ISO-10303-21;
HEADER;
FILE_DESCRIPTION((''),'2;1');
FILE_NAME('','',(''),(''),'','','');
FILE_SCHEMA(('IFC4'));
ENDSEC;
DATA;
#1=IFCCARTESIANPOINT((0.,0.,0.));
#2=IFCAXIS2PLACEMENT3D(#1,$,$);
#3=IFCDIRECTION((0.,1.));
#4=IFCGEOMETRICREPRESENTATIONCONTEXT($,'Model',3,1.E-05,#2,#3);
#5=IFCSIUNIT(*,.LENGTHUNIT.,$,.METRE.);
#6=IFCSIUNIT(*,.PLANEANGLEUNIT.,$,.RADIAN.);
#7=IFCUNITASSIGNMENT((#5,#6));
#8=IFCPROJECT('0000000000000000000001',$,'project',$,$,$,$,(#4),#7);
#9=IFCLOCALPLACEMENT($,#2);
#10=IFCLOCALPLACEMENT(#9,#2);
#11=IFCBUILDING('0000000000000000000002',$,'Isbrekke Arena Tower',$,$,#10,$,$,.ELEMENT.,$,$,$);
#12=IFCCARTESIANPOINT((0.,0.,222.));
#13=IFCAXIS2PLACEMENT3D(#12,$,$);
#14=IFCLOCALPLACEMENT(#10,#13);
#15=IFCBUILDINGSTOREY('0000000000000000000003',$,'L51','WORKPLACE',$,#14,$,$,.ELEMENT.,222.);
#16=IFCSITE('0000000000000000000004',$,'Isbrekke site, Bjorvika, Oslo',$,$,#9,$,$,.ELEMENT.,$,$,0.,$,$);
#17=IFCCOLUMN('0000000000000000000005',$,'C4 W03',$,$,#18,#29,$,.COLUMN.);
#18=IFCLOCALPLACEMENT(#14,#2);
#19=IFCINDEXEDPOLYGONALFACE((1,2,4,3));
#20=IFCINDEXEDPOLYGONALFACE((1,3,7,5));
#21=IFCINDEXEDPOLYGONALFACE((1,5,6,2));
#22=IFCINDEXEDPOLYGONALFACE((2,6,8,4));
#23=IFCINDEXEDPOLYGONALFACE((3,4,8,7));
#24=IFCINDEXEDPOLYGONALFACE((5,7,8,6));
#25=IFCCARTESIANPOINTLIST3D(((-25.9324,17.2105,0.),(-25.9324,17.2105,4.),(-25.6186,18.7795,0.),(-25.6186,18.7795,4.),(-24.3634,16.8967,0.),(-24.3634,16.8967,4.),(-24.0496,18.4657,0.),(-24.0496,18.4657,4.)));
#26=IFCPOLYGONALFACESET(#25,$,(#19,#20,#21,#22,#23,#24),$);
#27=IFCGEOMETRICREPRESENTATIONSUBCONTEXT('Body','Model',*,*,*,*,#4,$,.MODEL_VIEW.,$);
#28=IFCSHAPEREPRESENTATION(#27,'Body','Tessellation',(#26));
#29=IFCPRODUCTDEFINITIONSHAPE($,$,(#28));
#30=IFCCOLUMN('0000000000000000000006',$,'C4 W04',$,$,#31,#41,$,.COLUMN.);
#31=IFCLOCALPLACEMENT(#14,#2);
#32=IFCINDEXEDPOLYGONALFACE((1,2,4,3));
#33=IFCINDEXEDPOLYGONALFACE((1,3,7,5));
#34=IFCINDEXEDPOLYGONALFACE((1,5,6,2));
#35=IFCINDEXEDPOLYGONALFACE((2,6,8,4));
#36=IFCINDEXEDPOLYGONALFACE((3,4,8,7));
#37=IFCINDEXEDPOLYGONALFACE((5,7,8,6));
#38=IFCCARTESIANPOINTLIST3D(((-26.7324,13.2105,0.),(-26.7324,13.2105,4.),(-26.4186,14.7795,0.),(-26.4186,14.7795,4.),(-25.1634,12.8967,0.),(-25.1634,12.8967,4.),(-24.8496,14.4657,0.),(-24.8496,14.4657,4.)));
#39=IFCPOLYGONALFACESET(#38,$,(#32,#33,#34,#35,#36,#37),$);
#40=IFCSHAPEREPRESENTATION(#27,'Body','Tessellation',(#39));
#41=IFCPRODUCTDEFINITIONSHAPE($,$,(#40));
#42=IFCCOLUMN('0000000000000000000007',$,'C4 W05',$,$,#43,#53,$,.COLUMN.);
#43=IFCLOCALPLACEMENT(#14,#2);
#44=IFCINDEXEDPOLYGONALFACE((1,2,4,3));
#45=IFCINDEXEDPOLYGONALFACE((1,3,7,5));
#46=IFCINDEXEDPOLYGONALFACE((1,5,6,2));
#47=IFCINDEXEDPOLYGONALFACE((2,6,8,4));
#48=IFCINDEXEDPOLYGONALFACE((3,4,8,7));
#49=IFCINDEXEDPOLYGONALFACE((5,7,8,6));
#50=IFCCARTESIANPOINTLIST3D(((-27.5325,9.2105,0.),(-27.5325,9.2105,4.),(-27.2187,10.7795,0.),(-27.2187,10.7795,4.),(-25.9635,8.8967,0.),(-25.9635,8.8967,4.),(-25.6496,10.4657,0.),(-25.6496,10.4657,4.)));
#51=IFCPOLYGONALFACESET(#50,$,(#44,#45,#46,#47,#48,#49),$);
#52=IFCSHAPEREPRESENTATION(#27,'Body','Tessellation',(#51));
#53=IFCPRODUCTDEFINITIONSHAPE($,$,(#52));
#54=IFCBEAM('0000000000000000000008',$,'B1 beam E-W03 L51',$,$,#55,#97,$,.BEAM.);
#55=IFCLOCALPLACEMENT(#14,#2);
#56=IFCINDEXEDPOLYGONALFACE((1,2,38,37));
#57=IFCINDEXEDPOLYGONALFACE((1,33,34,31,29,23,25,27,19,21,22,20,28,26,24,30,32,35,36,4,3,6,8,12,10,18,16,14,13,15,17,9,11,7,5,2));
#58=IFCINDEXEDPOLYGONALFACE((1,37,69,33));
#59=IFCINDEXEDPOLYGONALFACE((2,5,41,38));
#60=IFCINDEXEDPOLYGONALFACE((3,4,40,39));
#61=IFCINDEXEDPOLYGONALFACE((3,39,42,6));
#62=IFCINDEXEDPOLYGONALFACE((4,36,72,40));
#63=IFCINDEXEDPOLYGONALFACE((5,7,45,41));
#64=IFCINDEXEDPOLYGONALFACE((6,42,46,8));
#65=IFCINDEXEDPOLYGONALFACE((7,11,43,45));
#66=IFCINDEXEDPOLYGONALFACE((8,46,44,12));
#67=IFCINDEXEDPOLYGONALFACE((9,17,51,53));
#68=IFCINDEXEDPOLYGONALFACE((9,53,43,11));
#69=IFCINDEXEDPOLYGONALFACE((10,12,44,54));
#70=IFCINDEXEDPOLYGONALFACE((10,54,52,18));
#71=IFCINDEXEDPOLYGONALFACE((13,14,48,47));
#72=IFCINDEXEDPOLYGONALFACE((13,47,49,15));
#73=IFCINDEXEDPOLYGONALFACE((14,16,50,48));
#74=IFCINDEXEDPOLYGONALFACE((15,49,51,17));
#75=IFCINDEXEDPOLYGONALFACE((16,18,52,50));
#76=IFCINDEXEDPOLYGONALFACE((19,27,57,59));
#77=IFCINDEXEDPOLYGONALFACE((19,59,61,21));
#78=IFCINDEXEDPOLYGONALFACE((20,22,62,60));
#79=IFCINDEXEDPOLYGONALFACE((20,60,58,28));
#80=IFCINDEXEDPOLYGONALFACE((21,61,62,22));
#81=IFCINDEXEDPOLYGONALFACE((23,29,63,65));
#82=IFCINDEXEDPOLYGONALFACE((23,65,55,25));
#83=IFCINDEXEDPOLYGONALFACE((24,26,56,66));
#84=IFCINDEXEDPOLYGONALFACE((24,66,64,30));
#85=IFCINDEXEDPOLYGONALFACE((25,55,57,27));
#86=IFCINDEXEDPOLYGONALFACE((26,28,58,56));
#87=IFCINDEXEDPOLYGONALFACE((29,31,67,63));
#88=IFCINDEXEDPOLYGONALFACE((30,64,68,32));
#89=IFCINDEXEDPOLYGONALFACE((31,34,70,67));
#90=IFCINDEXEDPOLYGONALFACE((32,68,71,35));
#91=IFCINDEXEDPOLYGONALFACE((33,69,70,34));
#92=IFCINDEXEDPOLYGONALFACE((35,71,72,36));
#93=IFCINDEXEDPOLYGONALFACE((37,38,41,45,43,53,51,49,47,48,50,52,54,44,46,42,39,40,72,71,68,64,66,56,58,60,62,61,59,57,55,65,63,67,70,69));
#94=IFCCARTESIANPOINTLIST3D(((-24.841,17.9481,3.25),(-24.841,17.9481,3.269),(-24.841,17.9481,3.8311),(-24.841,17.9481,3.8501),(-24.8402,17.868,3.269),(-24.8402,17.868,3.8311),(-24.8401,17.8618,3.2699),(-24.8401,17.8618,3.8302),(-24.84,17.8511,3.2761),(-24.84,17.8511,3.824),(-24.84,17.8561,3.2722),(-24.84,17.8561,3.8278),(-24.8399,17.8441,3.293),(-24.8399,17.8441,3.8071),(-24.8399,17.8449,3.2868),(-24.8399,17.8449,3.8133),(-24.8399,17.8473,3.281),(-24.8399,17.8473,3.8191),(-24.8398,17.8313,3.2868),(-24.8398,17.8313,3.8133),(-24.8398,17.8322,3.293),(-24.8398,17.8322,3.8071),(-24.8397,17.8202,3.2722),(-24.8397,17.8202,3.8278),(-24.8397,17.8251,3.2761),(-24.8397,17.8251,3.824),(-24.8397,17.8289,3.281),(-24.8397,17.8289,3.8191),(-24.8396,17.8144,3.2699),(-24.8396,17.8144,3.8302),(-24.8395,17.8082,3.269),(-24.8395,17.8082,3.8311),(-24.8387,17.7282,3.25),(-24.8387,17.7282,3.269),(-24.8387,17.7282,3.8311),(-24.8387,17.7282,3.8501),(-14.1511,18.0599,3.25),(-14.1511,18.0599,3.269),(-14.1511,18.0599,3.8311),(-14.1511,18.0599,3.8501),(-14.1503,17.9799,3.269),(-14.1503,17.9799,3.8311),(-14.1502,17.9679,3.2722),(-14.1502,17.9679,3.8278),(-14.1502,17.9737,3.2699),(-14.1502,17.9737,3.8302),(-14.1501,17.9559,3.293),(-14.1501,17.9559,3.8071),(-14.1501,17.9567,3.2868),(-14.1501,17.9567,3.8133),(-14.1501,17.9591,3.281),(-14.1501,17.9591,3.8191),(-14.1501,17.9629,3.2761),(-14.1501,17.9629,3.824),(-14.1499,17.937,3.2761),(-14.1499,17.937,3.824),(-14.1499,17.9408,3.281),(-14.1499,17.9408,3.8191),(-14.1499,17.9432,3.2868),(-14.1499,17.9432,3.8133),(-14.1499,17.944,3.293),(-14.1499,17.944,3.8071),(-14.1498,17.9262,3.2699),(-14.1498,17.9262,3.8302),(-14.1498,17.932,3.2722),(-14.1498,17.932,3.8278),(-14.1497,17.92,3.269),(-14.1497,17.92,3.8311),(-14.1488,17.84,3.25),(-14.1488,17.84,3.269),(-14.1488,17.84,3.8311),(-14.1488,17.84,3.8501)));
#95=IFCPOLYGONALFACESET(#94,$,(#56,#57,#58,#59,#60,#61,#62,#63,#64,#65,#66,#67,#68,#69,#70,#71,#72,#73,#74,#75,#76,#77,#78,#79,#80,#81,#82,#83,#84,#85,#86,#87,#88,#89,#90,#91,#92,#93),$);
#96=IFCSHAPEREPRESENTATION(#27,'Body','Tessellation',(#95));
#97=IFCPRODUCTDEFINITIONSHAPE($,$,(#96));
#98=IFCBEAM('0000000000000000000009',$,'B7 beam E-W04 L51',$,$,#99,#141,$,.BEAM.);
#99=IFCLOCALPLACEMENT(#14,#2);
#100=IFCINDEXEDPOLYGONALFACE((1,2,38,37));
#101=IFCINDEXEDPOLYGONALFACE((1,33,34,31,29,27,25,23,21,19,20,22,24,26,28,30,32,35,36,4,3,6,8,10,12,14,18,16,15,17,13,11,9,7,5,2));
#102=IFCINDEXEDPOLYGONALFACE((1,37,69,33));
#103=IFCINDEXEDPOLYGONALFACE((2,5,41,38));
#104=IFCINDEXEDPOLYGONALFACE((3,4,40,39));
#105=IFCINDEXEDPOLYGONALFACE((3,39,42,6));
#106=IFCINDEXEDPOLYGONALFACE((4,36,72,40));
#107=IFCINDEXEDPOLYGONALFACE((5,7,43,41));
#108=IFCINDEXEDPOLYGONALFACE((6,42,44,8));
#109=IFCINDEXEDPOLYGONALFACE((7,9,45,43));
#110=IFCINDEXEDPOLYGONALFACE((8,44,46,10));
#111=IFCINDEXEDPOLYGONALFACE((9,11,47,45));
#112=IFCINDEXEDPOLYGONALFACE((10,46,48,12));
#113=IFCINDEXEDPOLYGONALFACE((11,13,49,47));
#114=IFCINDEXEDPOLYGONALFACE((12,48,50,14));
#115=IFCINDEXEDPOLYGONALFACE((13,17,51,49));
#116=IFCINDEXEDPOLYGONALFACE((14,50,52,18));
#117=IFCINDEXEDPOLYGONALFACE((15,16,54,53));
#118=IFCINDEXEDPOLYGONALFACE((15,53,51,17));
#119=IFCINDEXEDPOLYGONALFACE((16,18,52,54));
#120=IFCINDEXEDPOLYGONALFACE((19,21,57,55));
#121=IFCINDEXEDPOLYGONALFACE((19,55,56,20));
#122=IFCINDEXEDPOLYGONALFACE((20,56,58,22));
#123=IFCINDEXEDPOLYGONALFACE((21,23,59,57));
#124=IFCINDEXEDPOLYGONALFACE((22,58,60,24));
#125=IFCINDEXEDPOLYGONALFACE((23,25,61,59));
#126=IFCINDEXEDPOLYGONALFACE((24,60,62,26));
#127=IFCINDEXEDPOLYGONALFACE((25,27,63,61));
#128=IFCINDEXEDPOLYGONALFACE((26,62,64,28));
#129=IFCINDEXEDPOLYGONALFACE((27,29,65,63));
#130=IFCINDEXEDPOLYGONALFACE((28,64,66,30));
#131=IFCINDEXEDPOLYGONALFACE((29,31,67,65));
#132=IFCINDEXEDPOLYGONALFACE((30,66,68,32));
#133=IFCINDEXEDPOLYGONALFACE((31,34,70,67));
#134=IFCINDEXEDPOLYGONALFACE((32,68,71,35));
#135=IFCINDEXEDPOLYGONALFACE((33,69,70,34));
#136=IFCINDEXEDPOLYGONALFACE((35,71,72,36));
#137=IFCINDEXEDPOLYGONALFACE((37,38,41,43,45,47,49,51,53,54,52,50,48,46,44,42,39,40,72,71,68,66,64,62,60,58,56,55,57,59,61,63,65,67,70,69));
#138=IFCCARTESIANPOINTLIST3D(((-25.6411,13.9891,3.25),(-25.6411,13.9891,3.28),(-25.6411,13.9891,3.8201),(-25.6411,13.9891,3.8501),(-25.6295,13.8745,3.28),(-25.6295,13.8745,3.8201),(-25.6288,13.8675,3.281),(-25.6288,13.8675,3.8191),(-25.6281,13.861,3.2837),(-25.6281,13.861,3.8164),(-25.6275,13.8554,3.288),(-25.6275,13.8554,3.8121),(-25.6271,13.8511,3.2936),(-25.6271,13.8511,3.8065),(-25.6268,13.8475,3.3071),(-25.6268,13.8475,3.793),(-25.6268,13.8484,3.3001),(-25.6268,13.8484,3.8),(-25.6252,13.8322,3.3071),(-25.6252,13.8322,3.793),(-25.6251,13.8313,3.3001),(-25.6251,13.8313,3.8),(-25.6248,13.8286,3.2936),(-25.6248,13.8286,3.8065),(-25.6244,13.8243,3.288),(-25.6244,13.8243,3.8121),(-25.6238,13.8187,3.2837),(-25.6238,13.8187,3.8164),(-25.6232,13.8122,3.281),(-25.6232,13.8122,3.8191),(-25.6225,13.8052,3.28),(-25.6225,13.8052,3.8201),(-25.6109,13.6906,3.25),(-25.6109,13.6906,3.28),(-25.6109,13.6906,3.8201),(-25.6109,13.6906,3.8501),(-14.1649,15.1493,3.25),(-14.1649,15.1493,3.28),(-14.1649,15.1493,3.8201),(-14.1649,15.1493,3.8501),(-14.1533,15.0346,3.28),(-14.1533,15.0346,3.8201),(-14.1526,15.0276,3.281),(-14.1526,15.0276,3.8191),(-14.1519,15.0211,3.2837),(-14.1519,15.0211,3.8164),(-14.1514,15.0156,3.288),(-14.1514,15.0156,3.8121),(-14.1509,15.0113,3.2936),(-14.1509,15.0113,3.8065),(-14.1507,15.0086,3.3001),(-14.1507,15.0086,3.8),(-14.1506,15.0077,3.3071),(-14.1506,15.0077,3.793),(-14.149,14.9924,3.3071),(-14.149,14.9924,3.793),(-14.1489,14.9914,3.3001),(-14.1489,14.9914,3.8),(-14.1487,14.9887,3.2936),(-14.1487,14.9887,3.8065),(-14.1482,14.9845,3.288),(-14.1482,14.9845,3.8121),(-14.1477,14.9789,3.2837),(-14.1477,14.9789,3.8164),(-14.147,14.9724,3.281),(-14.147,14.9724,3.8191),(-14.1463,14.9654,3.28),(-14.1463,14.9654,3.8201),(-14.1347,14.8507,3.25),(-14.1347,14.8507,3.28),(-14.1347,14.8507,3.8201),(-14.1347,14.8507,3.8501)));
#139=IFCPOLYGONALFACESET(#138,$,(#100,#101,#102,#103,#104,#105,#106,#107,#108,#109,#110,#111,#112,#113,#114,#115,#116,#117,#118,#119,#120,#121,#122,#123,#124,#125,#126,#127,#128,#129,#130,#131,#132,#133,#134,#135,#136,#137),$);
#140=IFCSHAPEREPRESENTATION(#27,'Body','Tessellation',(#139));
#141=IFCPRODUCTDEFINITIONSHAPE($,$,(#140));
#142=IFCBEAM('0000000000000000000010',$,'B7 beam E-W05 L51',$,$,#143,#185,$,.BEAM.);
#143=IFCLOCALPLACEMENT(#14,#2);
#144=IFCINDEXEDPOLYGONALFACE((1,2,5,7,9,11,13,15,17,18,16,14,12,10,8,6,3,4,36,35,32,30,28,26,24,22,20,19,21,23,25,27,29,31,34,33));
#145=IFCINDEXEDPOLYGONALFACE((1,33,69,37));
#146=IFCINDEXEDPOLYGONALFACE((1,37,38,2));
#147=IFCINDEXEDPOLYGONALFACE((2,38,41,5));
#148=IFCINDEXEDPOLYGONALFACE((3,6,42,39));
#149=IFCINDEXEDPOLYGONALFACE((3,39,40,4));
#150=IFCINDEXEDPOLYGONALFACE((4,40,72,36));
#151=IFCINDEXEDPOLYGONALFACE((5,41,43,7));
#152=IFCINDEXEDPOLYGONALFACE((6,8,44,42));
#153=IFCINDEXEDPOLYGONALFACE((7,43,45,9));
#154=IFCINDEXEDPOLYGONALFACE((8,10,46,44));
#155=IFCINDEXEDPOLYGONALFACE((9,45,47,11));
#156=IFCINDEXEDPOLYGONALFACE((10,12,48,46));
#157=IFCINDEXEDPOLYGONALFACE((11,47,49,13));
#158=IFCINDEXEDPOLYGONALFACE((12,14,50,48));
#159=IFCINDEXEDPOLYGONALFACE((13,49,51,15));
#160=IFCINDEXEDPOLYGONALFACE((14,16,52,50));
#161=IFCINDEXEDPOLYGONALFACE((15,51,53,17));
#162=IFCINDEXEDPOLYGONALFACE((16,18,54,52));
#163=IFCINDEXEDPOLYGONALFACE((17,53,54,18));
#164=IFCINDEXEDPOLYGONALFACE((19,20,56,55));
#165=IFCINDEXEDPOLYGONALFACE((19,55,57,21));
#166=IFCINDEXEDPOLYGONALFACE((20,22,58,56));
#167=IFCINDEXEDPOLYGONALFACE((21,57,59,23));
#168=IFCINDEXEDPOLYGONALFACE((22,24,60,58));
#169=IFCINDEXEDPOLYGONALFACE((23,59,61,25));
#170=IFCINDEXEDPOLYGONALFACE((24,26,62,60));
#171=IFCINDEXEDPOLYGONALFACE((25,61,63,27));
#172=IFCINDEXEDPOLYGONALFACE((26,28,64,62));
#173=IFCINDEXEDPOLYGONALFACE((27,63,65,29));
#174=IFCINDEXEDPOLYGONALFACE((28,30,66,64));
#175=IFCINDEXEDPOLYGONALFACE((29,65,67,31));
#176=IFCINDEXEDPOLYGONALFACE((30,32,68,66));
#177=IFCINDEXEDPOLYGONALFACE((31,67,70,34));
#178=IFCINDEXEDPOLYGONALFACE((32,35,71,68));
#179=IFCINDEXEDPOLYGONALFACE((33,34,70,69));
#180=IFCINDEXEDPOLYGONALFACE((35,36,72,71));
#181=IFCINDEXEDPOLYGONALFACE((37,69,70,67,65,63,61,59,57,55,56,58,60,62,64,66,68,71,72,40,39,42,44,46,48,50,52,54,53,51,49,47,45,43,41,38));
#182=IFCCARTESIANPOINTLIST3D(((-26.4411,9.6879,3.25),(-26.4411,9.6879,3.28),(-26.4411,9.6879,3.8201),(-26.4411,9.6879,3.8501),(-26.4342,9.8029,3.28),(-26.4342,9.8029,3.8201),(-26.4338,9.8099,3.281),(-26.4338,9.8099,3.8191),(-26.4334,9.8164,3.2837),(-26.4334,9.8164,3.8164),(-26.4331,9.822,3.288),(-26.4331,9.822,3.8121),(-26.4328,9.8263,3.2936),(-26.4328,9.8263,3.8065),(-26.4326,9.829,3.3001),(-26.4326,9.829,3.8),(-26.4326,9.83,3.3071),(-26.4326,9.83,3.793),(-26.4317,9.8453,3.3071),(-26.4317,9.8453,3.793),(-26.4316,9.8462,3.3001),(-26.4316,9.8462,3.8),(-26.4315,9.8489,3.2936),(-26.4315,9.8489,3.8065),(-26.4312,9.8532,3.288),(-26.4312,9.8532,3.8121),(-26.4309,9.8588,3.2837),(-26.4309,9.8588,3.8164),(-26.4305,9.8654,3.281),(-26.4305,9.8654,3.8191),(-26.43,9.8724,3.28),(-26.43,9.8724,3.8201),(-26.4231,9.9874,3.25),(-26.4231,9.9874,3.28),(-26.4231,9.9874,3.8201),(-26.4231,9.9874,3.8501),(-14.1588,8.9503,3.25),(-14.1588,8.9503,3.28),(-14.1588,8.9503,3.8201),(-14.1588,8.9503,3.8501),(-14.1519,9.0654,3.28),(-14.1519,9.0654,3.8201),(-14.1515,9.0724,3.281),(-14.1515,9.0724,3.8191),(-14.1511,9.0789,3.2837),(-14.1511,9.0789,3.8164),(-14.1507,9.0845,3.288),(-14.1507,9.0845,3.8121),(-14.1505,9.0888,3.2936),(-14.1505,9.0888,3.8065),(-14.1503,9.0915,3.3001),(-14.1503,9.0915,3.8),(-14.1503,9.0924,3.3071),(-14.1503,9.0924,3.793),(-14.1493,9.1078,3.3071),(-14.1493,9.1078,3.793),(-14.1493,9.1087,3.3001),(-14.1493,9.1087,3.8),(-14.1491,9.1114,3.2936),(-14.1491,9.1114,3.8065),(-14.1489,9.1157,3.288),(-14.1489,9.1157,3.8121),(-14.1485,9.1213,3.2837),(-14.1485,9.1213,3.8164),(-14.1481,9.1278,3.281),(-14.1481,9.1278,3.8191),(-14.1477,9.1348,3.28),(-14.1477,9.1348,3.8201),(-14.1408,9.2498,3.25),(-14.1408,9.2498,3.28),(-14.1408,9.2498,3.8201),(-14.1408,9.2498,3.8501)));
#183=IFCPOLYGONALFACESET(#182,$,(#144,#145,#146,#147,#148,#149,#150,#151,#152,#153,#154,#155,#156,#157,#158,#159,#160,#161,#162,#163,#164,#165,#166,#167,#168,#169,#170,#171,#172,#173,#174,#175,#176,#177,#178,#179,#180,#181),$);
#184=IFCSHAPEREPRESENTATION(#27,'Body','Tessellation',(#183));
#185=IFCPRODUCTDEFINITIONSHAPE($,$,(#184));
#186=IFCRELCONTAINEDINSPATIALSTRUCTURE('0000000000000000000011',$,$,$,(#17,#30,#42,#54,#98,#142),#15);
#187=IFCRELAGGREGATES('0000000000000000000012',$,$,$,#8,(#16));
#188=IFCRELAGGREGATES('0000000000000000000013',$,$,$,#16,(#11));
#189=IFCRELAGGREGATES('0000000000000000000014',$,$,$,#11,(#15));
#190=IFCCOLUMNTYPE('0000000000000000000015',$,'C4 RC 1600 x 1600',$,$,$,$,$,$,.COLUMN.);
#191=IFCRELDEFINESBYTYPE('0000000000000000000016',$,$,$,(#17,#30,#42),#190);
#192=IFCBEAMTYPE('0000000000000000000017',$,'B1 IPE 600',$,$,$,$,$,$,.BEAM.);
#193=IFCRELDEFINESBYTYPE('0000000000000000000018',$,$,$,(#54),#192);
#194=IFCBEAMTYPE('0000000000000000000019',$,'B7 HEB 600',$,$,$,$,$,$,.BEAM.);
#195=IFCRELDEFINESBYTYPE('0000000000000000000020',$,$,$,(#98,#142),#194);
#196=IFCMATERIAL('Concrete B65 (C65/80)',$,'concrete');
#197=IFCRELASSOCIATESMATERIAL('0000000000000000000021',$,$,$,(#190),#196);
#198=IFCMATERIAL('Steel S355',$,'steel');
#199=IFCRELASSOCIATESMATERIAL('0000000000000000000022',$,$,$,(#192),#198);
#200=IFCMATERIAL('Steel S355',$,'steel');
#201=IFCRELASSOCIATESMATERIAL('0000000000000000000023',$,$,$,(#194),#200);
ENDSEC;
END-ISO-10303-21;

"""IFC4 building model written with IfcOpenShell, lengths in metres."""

from ifc_helpers import new_model, si_unit, direction, frame, origin, origin_2d, place, context, subcontext, project, spatial, rectangle, i_section, extrude, material, material_profile, profile_set, type_object, element, save


model = new_model("IFC4")

# Units and contexts
model_context = context("Model", 3, precision=1e-05, world=origin(), true_north=direction((0.0, 1.0)))
body_context = subcontext(model_context, "Body", "Model", "MODEL_VIEW")
ifc_project = project(units=[si_unit("LENGTHUNIT", "METRE"), si_unit("PLANEANGLEUNIT", "RADIAN")], contexts=[model_context])

# Site, building, storey
site_placement = place(None, origin())
site = spatial("IfcSite", under=ifc_project, at=site_placement, Name="Isbrekke site, Bjorvika, Oslo", CompositionType="ELEMENT", RefElevation=0.0)
building_placement = place(site_placement, origin())
building = spatial("IfcBuilding", under=site, at=building_placement, Name="Isbrekke Arena Tower", CompositionType="ELEMENT")
storey_placement = place(building_placement, frame((0.0, 0.0, 222.0)))
storey = spatial("IfcBuildingStorey", under=building, at=storey_placement, Name="L51", Description="WORKPLACE", CompositionType="ELEMENT", Elevation=222.0)

# Columns
ifc_material_1 = material(Name="Concrete B65 (C65/80)", Category="concrete")
ifc_material_profile_1 = material_profile(ifc_material_1, rectangle(XDim=1.6001, YDim=1.6001, at=origin_2d()), Name="RC 1600x1600")
ifc_profile_set_1 = profile_set([ifc_material_profile_1], Name="Concrete B65 (C65/80)")
column_type = type_object("IfcColumnType", Name="C4 RC 1600 x 1600", PredefinedType="COLUMN", material=ifc_profile_set_1)
for number, where, z_axis, x_axis, name in (
    (1, (-24.991, 17.8381, 0.0), (0.0, 0.0, 1.0), (-0.196116, -0.980581, 0.0), "C4 W03"),
    (2, (-25.791, 13.8381, 0.0), (0.0, 0.0, 1.0), (-0.196116, -0.980581, 0.0), "C4 W04"),
    (3, (-26.5911, 9.8381, 0.0), (0.0, 0.0, 1.0), (-0.196116, -0.980581, 0.0), "C4 W05"),
):
    element("IfcColumn", number, at=place(storey_placement, frame(where, z_axis=z_axis, x_axis=x_axis)), inside=storey, type_object=column_type, Name=name, PredefinedType="COLUMN", context=body_context, shape_type="SweptSolid", body=[
        extrude(rectangle(XDim=1.6001, YDim=1.6001, at=origin_2d()), origin(), (0.0, 0.0, 1.0), 4.0),
    ])

# Beams
ifc_material_2 = material(Name="Steel S355", Category="steel")
ifc_material_profile_2 = material_profile(ifc_material_2, i_section(OverallWidth=0.22, OverallDepth=0.6001, WebThickness=0.012, FlangeThickness=0.019, FilletRadius=0.0239, at=origin_2d()), Name="IPE 600")
ifc_profile_set_2 = profile_set([ifc_material_profile_2], Name="Steel S355")
beam_type_1 = type_object("IfcBeamType", Name="B1 IPE 600", PredefinedType="BEAM", material=ifc_profile_set_2)
beam_1_placement = place(storey_placement, frame((-24.8398, 17.8381, 3.55), z_axis=(0.999945, 0.010459, 0.0), x_axis=(-0.010459, 0.999945, 0.0)))
element("IfcBeam", 4, at=beam_1_placement, inside=storey, type_object=beam_type_1, Name="B1 beam E-W03 L51", PredefinedType="BEAM", context=body_context, shape_type="SweptSolid", body=[
    extrude(i_section(OverallWidth=0.22, OverallDepth=0.6001, WebThickness=0.012, FlangeThickness=0.019, FilletRadius=0.0239, at=origin_2d()), origin(), (0.0, 0.0, 1.0), 10.6904),
])
ifc_material_3 = material(Name="Steel S355", Category="steel")
ifc_material_profile_3 = material_profile(ifc_material_3, i_section(OverallWidth=0.3, OverallDepth=0.6001, WebThickness=0.0154, FlangeThickness=0.03, FilletRadius=0.0271, at=origin_2d()), Name="HEB 600")
ifc_profile_set_3 = profile_set([ifc_material_profile_3], Name="Steel S355")
beam_type_2 = type_object("IfcBeamType", Name="B7 HEB 600", PredefinedType="BEAM", material=ifc_profile_set_3)
beam_2_placement = place(storey_placement, frame((-25.626, 13.8398, 3.55), z_axis=(0.994929, 0.100581, 0.0), x_axis=(-0.100581, 0.994929, 0.0)))
element("IfcBeam", 5, at=beam_2_placement, inside=storey, type_object=beam_type_2, Name="B7 beam E-W04 L51", PredefinedType="BEAM", context=body_context, shape_type="SweptSolid", body=[
    extrude(i_section(OverallWidth=0.3, OverallDepth=0.6001, WebThickness=0.0154, FlangeThickness=0.03, FilletRadius=0.0271, at=origin_2d()), origin(), (0.0, 0.0, 1.0), 11.5347),
])
beam_3_placement = place(storey_placement, frame((-26.4321, 9.8376, 3.55), z_axis=(0.998202, -0.059942, 0.0), x_axis=(0.059942, 0.998202, 0.0)))
element("IfcBeam", 6, at=beam_3_placement, inside=storey, type_object=beam_type_2, Name="B7 beam E-W05 L51", PredefinedType="BEAM", context=body_context, shape_type="SweptSolid", body=[
    extrude(i_section(OverallWidth=0.3, OverallDepth=0.6001, WebThickness=0.0154, FlangeThickness=0.03, FilletRadius=0.0271, at=origin_2d()), origin(), (0.0, 0.0, 1.0), 12.3044),
])

save(model, "model.ifc")
